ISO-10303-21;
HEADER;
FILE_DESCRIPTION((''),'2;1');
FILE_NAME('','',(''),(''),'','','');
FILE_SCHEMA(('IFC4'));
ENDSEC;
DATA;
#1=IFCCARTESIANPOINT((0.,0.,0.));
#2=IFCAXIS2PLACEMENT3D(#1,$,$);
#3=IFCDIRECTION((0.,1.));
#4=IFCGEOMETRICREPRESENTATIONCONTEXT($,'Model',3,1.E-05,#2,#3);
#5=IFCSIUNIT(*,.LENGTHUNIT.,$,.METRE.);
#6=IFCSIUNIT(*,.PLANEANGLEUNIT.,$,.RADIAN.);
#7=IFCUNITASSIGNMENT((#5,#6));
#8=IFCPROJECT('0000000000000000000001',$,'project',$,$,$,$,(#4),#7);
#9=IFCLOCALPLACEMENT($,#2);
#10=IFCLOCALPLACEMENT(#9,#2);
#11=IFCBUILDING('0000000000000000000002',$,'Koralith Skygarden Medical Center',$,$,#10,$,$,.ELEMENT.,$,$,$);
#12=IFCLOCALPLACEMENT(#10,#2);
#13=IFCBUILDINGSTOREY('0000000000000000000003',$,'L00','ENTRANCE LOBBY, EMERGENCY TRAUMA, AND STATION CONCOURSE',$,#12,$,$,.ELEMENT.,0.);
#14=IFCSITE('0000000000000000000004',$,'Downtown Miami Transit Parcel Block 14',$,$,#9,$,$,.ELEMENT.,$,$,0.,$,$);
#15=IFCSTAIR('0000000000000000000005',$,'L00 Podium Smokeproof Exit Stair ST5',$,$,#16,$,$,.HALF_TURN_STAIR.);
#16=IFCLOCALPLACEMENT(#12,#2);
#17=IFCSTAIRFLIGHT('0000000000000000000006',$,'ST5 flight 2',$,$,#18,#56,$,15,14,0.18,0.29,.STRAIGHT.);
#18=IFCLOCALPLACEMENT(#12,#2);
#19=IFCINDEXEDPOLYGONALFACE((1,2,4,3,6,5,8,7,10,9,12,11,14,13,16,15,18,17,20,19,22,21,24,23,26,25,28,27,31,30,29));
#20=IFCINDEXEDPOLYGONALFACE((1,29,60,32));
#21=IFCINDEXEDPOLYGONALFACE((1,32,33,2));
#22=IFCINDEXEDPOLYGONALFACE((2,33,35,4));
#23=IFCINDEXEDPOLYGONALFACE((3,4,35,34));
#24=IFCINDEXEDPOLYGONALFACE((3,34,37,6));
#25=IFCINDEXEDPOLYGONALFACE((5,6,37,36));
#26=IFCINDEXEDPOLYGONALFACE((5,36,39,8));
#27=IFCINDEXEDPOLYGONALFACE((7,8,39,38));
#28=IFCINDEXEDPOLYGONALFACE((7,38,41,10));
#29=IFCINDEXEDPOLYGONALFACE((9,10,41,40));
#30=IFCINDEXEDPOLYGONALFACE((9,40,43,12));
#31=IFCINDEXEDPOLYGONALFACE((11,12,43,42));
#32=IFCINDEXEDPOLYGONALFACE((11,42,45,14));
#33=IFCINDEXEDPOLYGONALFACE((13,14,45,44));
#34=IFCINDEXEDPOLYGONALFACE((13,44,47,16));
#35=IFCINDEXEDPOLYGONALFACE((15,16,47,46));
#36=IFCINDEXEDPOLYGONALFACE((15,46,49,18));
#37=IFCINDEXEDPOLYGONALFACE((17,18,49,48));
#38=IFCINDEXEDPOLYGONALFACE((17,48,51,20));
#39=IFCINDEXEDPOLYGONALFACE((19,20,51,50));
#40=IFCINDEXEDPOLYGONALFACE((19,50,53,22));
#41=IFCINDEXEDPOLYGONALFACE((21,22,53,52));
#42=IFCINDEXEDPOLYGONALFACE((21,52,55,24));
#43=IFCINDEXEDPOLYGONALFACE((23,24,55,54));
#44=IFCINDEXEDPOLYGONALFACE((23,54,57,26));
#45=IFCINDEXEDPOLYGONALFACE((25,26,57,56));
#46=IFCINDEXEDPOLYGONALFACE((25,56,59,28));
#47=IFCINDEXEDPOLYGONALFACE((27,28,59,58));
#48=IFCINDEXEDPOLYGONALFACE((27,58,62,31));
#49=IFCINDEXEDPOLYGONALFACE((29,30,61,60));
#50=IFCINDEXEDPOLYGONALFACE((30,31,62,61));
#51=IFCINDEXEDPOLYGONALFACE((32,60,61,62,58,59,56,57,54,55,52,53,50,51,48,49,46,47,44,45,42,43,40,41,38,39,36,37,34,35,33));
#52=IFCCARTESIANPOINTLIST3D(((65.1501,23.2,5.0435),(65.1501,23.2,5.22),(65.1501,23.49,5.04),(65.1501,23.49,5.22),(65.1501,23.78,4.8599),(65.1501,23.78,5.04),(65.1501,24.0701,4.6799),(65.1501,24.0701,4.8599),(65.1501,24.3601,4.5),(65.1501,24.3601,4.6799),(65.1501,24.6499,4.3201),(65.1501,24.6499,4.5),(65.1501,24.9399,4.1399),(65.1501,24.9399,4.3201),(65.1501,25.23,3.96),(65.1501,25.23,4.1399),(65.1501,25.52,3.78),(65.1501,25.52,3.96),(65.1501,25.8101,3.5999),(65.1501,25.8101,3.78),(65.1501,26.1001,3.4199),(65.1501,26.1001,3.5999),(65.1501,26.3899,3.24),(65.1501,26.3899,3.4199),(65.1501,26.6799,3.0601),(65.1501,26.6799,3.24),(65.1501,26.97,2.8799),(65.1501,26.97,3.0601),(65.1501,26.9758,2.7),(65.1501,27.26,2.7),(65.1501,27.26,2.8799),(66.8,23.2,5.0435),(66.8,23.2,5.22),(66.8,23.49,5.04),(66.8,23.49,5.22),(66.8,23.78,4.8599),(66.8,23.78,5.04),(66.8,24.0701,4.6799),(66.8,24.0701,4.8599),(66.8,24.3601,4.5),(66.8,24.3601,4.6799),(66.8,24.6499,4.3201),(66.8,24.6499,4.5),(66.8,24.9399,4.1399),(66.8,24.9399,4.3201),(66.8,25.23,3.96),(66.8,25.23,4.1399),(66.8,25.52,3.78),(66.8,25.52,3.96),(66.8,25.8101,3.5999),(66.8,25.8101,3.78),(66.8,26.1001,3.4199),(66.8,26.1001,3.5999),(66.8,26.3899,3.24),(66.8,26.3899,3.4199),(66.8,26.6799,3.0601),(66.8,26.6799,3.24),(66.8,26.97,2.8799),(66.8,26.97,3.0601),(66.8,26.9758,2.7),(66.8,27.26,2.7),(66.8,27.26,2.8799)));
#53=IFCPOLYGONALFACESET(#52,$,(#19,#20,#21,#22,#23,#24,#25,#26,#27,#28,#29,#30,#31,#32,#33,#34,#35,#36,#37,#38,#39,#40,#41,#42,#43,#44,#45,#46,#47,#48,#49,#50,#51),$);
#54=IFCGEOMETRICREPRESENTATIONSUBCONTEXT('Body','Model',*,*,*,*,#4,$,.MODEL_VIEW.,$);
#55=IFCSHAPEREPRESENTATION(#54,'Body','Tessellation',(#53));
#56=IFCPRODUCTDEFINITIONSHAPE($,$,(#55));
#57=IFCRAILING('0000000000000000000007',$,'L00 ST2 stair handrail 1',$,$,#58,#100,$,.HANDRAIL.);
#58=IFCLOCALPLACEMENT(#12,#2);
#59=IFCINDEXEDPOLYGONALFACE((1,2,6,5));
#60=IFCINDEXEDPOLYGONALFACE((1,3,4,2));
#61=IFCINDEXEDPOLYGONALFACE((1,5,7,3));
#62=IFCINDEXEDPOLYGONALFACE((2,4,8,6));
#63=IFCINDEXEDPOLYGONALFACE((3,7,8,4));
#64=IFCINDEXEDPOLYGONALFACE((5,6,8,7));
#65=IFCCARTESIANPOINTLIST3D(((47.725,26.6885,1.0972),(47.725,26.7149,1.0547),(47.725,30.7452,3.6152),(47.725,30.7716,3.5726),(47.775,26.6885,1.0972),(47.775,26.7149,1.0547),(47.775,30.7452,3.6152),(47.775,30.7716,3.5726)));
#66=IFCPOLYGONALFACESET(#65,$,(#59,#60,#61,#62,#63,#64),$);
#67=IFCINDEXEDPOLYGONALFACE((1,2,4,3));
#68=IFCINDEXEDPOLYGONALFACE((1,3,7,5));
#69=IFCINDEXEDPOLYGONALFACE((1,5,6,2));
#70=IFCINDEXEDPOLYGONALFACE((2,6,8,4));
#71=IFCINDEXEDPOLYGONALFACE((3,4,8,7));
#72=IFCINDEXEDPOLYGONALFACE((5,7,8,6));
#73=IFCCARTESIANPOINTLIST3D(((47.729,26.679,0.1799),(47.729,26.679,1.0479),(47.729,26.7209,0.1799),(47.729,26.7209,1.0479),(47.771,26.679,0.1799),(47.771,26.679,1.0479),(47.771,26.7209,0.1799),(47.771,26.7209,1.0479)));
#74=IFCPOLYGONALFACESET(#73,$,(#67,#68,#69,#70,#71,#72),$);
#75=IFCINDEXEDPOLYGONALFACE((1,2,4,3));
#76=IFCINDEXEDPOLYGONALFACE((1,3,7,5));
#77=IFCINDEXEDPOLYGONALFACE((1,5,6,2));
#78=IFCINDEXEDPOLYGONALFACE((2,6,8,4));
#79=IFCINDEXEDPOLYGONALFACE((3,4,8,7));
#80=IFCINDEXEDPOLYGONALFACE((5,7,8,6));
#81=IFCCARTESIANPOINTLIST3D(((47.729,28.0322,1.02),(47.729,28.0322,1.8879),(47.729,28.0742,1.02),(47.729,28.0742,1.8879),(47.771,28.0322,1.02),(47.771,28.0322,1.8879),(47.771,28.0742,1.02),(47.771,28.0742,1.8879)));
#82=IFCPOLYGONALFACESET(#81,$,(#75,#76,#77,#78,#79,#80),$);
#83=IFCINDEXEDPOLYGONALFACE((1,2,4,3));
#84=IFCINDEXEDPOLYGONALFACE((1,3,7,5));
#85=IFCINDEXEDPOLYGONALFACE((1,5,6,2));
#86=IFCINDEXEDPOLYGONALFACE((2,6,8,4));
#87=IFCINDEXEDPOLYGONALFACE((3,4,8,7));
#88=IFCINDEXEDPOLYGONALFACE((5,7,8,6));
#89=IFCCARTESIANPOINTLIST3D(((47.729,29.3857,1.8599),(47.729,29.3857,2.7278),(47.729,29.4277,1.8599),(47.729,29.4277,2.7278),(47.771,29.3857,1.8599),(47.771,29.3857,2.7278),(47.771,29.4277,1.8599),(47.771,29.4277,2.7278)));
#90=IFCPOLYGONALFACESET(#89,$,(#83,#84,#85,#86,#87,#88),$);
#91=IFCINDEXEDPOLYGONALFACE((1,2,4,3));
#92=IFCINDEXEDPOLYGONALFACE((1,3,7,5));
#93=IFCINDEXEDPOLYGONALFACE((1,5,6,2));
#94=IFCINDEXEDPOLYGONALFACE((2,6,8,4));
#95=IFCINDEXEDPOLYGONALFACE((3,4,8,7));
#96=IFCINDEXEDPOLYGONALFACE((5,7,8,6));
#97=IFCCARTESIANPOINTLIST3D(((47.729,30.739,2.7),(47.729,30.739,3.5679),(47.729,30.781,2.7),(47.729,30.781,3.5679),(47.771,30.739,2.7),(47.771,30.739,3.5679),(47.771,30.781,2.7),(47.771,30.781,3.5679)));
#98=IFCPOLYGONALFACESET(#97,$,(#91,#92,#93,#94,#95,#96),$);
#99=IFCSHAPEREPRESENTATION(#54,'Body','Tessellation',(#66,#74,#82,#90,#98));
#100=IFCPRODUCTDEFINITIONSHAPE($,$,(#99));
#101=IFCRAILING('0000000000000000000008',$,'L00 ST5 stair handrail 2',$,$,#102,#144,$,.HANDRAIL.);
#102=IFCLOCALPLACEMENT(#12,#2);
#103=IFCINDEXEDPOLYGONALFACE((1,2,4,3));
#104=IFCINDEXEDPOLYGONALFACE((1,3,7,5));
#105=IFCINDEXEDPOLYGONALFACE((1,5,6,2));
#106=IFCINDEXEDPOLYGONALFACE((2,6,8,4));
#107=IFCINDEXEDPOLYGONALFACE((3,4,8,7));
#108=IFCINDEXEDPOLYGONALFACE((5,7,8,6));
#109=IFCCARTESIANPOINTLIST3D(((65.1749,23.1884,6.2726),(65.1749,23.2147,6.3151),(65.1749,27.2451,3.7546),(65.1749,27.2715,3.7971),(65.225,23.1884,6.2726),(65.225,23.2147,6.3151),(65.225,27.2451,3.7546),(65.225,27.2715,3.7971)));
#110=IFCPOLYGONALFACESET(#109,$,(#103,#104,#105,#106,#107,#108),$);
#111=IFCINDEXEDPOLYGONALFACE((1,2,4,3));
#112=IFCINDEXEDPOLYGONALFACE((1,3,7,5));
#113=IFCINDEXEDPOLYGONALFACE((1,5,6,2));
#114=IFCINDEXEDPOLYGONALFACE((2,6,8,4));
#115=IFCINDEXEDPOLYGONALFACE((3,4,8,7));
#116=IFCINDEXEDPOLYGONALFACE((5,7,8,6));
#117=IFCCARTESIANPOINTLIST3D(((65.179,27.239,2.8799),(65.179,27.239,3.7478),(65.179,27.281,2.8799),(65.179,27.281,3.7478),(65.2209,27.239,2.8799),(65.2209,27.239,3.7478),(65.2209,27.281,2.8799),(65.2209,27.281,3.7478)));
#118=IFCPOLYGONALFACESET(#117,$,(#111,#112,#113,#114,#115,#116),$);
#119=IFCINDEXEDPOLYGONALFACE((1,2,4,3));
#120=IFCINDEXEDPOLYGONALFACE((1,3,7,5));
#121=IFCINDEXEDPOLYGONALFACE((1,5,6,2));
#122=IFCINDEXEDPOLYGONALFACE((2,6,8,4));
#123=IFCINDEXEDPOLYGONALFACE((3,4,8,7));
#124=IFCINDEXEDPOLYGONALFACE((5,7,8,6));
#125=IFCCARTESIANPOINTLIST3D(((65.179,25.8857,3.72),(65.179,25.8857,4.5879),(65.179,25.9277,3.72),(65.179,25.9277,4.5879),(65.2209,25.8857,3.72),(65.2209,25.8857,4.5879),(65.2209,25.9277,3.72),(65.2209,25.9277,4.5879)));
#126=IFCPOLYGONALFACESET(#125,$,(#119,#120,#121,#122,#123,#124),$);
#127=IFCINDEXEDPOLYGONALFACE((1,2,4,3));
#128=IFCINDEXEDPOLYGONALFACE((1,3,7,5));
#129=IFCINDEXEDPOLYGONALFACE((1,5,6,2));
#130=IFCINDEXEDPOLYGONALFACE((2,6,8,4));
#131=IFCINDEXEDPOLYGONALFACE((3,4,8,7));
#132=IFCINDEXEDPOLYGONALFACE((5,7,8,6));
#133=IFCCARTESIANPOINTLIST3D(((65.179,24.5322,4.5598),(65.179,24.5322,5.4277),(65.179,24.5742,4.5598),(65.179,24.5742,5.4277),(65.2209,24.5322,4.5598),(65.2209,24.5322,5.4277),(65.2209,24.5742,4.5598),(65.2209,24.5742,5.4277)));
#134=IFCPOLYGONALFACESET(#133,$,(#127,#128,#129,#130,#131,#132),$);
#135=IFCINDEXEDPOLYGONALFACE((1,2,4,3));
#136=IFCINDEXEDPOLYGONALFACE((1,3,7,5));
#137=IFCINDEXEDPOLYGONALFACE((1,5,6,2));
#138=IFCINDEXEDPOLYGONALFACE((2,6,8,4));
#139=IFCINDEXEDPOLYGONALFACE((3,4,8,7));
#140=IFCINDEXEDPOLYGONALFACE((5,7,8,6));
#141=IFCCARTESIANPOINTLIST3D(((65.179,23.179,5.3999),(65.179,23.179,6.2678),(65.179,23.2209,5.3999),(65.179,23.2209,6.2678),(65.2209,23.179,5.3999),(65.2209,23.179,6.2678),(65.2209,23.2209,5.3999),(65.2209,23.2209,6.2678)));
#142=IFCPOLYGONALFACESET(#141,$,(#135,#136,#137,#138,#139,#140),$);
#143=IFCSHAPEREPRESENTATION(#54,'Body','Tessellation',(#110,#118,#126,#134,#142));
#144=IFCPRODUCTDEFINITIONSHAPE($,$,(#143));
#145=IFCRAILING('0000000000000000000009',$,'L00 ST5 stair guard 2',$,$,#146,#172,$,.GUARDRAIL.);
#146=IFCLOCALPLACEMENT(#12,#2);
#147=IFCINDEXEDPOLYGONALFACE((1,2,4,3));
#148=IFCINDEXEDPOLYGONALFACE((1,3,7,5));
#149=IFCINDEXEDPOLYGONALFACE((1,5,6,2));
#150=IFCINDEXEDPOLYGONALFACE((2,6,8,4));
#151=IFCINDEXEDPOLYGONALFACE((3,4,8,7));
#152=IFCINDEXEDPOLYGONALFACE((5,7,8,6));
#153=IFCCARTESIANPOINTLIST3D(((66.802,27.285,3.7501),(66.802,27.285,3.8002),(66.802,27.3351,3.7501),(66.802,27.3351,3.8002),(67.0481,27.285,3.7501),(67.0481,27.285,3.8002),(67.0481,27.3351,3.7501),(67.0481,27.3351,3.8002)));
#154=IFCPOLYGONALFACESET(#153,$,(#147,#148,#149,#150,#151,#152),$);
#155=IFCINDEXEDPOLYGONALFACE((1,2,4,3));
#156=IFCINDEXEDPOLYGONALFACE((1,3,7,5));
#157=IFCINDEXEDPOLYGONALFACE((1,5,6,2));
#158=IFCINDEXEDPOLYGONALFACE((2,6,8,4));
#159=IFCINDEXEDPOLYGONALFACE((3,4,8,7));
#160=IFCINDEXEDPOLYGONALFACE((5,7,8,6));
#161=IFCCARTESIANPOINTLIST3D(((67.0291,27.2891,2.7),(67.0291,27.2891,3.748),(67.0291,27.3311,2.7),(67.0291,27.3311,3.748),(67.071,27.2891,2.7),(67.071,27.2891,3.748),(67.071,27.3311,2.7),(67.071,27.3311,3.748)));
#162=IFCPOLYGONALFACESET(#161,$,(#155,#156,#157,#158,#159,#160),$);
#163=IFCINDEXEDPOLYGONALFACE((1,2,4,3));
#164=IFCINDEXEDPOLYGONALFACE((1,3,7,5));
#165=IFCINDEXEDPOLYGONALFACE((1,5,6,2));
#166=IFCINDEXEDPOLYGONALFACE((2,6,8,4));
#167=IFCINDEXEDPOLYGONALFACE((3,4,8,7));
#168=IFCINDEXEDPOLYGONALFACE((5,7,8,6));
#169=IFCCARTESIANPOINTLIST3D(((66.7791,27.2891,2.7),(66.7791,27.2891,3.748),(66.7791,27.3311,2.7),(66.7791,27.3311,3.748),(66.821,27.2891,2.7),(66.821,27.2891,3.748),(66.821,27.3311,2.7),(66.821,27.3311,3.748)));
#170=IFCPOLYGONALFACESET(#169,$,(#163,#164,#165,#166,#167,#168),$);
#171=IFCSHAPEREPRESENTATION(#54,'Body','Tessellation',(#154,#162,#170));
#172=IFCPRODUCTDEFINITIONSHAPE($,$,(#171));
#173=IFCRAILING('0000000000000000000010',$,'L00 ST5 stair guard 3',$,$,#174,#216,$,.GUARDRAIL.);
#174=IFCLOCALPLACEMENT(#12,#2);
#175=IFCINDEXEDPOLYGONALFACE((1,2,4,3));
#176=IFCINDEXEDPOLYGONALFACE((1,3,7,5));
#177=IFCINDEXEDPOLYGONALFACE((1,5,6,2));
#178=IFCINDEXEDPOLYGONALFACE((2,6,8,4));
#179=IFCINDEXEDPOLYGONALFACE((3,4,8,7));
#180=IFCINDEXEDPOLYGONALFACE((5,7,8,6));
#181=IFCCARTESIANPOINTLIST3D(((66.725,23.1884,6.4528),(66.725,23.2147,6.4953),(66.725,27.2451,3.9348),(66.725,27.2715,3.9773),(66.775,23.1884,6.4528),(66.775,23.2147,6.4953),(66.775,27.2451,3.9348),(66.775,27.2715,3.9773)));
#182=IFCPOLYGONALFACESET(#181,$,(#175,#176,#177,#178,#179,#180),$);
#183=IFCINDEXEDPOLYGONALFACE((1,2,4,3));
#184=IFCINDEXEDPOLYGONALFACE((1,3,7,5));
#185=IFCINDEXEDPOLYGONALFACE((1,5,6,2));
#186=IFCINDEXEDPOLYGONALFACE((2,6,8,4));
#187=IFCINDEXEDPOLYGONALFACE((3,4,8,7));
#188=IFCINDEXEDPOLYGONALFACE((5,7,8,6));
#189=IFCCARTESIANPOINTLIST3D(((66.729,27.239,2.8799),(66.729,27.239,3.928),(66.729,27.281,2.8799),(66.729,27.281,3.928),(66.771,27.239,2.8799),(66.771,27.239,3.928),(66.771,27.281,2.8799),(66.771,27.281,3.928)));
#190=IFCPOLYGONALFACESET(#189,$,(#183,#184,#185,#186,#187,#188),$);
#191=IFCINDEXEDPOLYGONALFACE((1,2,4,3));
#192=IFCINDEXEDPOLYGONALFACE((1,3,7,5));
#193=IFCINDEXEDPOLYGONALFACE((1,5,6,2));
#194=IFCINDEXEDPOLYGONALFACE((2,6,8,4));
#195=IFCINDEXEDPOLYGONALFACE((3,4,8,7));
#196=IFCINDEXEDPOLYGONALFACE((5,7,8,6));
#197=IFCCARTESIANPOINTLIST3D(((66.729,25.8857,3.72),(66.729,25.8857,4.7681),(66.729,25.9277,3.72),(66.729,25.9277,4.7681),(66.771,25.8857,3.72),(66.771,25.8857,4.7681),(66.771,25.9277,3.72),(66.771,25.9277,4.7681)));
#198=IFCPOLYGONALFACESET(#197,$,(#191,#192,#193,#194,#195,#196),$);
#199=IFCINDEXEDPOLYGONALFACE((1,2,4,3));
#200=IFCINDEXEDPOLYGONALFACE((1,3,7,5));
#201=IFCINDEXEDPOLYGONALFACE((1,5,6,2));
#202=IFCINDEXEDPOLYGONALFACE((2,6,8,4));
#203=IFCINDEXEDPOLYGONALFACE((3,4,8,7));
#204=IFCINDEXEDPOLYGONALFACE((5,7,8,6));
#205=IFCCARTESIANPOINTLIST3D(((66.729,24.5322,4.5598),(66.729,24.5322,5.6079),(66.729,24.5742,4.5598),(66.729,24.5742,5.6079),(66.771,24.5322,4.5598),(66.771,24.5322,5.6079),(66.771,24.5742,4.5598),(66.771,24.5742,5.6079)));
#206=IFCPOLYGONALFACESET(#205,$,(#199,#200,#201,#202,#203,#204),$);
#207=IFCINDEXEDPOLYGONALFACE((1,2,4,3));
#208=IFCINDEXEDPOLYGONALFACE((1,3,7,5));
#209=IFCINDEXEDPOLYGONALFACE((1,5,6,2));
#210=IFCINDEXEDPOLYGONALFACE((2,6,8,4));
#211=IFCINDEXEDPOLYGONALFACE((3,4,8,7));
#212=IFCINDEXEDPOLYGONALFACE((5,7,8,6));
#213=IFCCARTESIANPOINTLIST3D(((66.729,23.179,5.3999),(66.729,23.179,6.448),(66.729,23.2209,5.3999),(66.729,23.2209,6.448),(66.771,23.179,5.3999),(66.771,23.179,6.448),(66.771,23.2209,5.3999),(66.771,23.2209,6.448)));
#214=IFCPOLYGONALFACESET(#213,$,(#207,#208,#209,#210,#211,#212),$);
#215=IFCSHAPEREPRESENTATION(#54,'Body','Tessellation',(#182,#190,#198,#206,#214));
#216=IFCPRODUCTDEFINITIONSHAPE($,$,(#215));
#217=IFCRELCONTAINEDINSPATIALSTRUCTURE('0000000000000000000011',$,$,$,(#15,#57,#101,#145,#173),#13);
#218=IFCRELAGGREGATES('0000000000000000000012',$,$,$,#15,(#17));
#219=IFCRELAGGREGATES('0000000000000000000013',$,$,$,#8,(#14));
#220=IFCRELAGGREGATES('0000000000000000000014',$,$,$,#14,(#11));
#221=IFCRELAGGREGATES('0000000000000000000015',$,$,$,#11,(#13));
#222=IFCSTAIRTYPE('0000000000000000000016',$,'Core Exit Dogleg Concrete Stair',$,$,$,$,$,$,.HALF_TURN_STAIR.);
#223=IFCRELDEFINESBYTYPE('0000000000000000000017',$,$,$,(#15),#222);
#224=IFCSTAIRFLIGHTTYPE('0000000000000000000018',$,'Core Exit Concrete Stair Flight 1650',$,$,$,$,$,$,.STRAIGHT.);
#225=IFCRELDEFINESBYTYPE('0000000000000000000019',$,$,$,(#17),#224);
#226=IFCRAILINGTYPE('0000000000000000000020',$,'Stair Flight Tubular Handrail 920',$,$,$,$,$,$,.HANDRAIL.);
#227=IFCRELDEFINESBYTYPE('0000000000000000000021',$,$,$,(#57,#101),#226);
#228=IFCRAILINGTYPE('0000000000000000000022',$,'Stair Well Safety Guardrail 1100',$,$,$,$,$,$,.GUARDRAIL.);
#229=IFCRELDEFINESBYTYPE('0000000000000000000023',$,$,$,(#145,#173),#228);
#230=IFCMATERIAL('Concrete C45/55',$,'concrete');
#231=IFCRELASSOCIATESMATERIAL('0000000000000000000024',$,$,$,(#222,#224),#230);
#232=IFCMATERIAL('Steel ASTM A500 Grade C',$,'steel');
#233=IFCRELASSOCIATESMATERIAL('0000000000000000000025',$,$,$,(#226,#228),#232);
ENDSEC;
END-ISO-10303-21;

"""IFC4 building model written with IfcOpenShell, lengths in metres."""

from ifc_helpers import new_model, si_unit, direction, frame, origin, origin_2d, place, context, subcontext, project, spatial, polyline, rectangle, outline, extrude, material, type_object, element, aggregate, save


model = new_model("IFC4")

# Units and contexts
model_context = context("Model", 3, precision=1e-05, world=origin(), true_north=direction((0.0, 1.0)))
body_context = subcontext(model_context, "Body", "Model", "MODEL_VIEW")
ifc_project = project(units=[si_unit("LENGTHUNIT", "METRE"), si_unit("PLANEANGLEUNIT", "RADIAN")], contexts=[model_context])

# Site, building, storey
site_placement = place(None, origin())
site = spatial("IfcSite", under=ifc_project, at=site_placement, Name="Downtown Miami Transit Parcel Block 14", CompositionType="ELEMENT", RefElevation=0.0)
building_placement = place(site_placement, origin())
building = spatial("IfcBuilding", under=site, at=building_placement, Name="Koralith Skygarden Medical Center", CompositionType="ELEMENT")
storey_placement = place(building_placement, origin())
storey = spatial("IfcBuildingStorey", under=building, at=storey_placement, Name="L00", Description="ENTRANCE LOBBY, EMERGENCY TRAUMA, AND STATION CONCOURSE", CompositionType="ELEMENT", Elevation=0.0)

# Shared definitions
ifc_material_1 = material(Name="Concrete C45/55", Category="concrete")

# Stair, stair flight
stair_type = type_object("IfcStairType", Name="Core Exit Dogleg Concrete Stair", PredefinedType="HALF_TURN_STAIR", material=ifc_material_1)
stair_placement = place(storey_placement, origin())
stair = element("IfcStair", 1, at=stair_placement, inside=storey, type_object=stair_type, Name="L00 Podium Smokeproof Exit Stair ST5", PredefinedType="HALF_TURN_STAIR")
stair_flight_type = type_object("IfcStairFlightType", Name="Core Exit Concrete Stair Flight 1650", PredefinedType="STRAIGHT", material=ifc_material_1)
stair_flight_placement = place(storey_placement, frame((65.9751, 27.26, 2.7), z_axis=(0.0, 0.0, 1.0), x_axis=(0.0, -1.0, 0.0)))
stair_flight = element("IfcStairFlight", 2, at=stair_flight_placement, type_object=stair_flight_type, Name="ST5 flight 2", NumberOfRisers=15, NumberOfTreads=14, PredefinedType="STRAIGHT", RiserHeight=0.18, TreadLength=0.29, context=body_context, shape_type="SweptSolid", body=[
    extrude(outline(polyline([(0.0, 0.0), (0.0, 0.1799), (0.29, 0.1799), (0.29, 0.3601), (0.5801, 0.3601), (0.5801, 0.54), (0.8701, 0.54), (0.8701, 0.72), (1.1599, 0.72), (1.1599, 0.8999), (1.45, 0.8999), (1.45, 1.0801), (1.74, 1.0801), (1.74, 1.26), (2.03, 1.26), (2.03, 1.4399), (2.3201, 1.4399), (2.3201, 1.6201), (2.6101, 1.6201), (2.6101, 1.8), (2.8999, 1.8), (2.8999, 1.98), (3.1899, 1.98), (3.1899, 2.1599), (3.48, 2.1599), (3.48, 2.3401), (3.77, 2.3401), (3.77, 2.52), (4.0601, 2.52), (4.0601, 2.7), (4.0601, 2.3435), (0.2842, 0.0), (0.0, 0.0)])), frame((0.0, 0.825, 0.0), z_axis=(0.0, -1.0, 0.0), x_axis=(1.0, 0.0, 0.0)), (0.0, 0.0, 1.0), 1.6499),
])
aggregate(stair, [stair_flight])

# Railings
ifc_material_2 = material(Name="Steel ASTM A500 Grade C", Category="steel")
railing_type_1 = type_object("IfcRailingType", Name="Stair Flight Tubular Handrail 920", PredefinedType="HANDRAIL", material=ifc_material_2)
railing_1_placement = place(storey_placement, frame((47.75, 26.7, 0.1799)))
element("IfcRailing", 3, at=railing_1_placement, inside=storey, type_object=railing_type_1, Name="L00 ST2 stair handrail 1", PredefinedType="HANDRAIL", context=body_context, shape_type="SweptSolid", body=[
    extrude(rectangle(XDim=0.05, YDim=0.05, at=origin_2d()), frame((0.0, 0.0017, 0.896), z_axis=(0.0, 0.849642, 0.52736), x_axis=(-1.0, 0.0, 0.0)), (0.0, 0.0, 1.0), 4.7747),
    extrude(rectangle(XDim=0.042, YDim=0.042, at=origin_2d()), origin(), (0.0, 0.0, 1.0), 0.8679),
    extrude(rectangle(XDim=0.042, YDim=0.042, at=origin_2d()), frame((0.0, 1.3533, 0.8401)), (0.0, 0.0, 1.0), 0.8679),
    extrude(rectangle(XDim=0.042, YDim=0.042, at=origin_2d()), frame((0.0, 2.7068, 1.6799)), (0.0, 0.0, 1.0), 0.8679),
    extrude(rectangle(XDim=0.042, YDim=0.042, at=origin_2d()), frame((0.0, 4.0601, 2.52)), (0.0, 0.0, 1.0), 0.8679),
])
railing_2_placement = place(storey_placement, frame((65.2, 27.26, 2.8799)))
element("IfcRailing", 4, at=railing_2_placement, inside=storey, type_object=railing_type_1, Name="L00 ST5 stair handrail 2", PredefinedType="HANDRAIL", context=body_context, shape_type="SweptSolid", body=[
    extrude(rectangle(XDim=0.05, YDim=0.05, at=origin_2d()), frame((0.0, -0.0017, 0.896), z_axis=(0.0, -0.849642, 0.52736), x_axis=(1.0, 0.0, 0.0)), (0.0, 0.0, 1.0), 4.7747),
    extrude(rectangle(XDim=0.042, YDim=0.042, at=origin_2d()), origin(), (0.0, 0.0, 1.0), 0.8679),
    extrude(rectangle(XDim=0.042, YDim=0.042, at=origin_2d()), frame((0.0, -1.3533, 0.8401)), (0.0, 0.0, 1.0), 0.8679),
    extrude(rectangle(XDim=0.042, YDim=0.042, at=origin_2d()), frame((0.0, -2.7068, 1.6799)), (0.0, 0.0, 1.0), 0.8679),
    extrude(rectangle(XDim=0.042, YDim=0.042, at=origin_2d()), frame((0.0, -4.0601, 2.52)), (0.0, 0.0, 1.0), 0.8679),
])
railing_type_2 = type_object("IfcRailingType", Name="Stair Well Safety Guardrail 1100", PredefinedType="GUARDRAIL", material=ifc_material_2)
railing_3_placement = place(storey_placement, frame((67.05, 27.3101, 2.7)))
element("IfcRailing", 5, at=railing_3_placement, inside=storey, type_object=railing_type_2, Name="L00 ST5 stair guard 2", PredefinedType="GUARDRAIL", context=body_context, shape_type="SweptSolid", body=[
    extrude(rectangle(XDim=0.05, YDim=0.05, at=origin_2d()), frame((-0.002, 0.0, 1.0752), z_axis=(-1.0, 0.0, 0.0), x_axis=(0.0, -1.0, 0.0)), (0.0, 0.0, 1.0), 0.2461),
    extrude(rectangle(XDim=0.042, YDim=0.042, at=origin_2d()), origin(), (0.0, 0.0, 1.0), 1.0481),
    extrude(rectangle(XDim=0.042, YDim=0.042, at=origin_2d()), frame((-0.25, 0.0, 0.0)), (0.0, 0.0, 1.0), 1.0481),
])
railing_4_placement = place(storey_placement, frame((66.75, 27.26, 2.8799)))
element("IfcRailing", 6, at=railing_4_placement, inside=storey, type_object=railing_type_2, Name="L00 ST5 stair guard 3", PredefinedType="GUARDRAIL", context=body_context, shape_type="SweptSolid", body=[
    extrude(rectangle(XDim=0.05, YDim=0.05, at=origin_2d()), frame((0.0, -0.0017, 1.0762), z_axis=(0.0, -0.849642, 0.52736), x_axis=(1.0, 0.0, 0.0)), (0.0, 0.0, 1.0), 4.7747),
    extrude(rectangle(XDim=0.042, YDim=0.042, at=origin_2d()), origin(), (0.0, 0.0, 1.0), 1.0481),
    extrude(rectangle(XDim=0.042, YDim=0.042, at=origin_2d()), frame((0.0, -1.3533, 0.8401)), (0.0, 0.0, 1.0), 1.0481),
    extrude(rectangle(XDim=0.042, YDim=0.042, at=origin_2d()), frame((0.0, -2.7068, 1.6799)), (0.0, 0.0, 1.0), 1.0481),
    extrude(rectangle(XDim=0.042, YDim=0.042, at=origin_2d()), frame((0.0, -4.0601, 2.52)), (0.0, 0.0, 1.0), 1.0481),
])

save(model, "model.ifc")
